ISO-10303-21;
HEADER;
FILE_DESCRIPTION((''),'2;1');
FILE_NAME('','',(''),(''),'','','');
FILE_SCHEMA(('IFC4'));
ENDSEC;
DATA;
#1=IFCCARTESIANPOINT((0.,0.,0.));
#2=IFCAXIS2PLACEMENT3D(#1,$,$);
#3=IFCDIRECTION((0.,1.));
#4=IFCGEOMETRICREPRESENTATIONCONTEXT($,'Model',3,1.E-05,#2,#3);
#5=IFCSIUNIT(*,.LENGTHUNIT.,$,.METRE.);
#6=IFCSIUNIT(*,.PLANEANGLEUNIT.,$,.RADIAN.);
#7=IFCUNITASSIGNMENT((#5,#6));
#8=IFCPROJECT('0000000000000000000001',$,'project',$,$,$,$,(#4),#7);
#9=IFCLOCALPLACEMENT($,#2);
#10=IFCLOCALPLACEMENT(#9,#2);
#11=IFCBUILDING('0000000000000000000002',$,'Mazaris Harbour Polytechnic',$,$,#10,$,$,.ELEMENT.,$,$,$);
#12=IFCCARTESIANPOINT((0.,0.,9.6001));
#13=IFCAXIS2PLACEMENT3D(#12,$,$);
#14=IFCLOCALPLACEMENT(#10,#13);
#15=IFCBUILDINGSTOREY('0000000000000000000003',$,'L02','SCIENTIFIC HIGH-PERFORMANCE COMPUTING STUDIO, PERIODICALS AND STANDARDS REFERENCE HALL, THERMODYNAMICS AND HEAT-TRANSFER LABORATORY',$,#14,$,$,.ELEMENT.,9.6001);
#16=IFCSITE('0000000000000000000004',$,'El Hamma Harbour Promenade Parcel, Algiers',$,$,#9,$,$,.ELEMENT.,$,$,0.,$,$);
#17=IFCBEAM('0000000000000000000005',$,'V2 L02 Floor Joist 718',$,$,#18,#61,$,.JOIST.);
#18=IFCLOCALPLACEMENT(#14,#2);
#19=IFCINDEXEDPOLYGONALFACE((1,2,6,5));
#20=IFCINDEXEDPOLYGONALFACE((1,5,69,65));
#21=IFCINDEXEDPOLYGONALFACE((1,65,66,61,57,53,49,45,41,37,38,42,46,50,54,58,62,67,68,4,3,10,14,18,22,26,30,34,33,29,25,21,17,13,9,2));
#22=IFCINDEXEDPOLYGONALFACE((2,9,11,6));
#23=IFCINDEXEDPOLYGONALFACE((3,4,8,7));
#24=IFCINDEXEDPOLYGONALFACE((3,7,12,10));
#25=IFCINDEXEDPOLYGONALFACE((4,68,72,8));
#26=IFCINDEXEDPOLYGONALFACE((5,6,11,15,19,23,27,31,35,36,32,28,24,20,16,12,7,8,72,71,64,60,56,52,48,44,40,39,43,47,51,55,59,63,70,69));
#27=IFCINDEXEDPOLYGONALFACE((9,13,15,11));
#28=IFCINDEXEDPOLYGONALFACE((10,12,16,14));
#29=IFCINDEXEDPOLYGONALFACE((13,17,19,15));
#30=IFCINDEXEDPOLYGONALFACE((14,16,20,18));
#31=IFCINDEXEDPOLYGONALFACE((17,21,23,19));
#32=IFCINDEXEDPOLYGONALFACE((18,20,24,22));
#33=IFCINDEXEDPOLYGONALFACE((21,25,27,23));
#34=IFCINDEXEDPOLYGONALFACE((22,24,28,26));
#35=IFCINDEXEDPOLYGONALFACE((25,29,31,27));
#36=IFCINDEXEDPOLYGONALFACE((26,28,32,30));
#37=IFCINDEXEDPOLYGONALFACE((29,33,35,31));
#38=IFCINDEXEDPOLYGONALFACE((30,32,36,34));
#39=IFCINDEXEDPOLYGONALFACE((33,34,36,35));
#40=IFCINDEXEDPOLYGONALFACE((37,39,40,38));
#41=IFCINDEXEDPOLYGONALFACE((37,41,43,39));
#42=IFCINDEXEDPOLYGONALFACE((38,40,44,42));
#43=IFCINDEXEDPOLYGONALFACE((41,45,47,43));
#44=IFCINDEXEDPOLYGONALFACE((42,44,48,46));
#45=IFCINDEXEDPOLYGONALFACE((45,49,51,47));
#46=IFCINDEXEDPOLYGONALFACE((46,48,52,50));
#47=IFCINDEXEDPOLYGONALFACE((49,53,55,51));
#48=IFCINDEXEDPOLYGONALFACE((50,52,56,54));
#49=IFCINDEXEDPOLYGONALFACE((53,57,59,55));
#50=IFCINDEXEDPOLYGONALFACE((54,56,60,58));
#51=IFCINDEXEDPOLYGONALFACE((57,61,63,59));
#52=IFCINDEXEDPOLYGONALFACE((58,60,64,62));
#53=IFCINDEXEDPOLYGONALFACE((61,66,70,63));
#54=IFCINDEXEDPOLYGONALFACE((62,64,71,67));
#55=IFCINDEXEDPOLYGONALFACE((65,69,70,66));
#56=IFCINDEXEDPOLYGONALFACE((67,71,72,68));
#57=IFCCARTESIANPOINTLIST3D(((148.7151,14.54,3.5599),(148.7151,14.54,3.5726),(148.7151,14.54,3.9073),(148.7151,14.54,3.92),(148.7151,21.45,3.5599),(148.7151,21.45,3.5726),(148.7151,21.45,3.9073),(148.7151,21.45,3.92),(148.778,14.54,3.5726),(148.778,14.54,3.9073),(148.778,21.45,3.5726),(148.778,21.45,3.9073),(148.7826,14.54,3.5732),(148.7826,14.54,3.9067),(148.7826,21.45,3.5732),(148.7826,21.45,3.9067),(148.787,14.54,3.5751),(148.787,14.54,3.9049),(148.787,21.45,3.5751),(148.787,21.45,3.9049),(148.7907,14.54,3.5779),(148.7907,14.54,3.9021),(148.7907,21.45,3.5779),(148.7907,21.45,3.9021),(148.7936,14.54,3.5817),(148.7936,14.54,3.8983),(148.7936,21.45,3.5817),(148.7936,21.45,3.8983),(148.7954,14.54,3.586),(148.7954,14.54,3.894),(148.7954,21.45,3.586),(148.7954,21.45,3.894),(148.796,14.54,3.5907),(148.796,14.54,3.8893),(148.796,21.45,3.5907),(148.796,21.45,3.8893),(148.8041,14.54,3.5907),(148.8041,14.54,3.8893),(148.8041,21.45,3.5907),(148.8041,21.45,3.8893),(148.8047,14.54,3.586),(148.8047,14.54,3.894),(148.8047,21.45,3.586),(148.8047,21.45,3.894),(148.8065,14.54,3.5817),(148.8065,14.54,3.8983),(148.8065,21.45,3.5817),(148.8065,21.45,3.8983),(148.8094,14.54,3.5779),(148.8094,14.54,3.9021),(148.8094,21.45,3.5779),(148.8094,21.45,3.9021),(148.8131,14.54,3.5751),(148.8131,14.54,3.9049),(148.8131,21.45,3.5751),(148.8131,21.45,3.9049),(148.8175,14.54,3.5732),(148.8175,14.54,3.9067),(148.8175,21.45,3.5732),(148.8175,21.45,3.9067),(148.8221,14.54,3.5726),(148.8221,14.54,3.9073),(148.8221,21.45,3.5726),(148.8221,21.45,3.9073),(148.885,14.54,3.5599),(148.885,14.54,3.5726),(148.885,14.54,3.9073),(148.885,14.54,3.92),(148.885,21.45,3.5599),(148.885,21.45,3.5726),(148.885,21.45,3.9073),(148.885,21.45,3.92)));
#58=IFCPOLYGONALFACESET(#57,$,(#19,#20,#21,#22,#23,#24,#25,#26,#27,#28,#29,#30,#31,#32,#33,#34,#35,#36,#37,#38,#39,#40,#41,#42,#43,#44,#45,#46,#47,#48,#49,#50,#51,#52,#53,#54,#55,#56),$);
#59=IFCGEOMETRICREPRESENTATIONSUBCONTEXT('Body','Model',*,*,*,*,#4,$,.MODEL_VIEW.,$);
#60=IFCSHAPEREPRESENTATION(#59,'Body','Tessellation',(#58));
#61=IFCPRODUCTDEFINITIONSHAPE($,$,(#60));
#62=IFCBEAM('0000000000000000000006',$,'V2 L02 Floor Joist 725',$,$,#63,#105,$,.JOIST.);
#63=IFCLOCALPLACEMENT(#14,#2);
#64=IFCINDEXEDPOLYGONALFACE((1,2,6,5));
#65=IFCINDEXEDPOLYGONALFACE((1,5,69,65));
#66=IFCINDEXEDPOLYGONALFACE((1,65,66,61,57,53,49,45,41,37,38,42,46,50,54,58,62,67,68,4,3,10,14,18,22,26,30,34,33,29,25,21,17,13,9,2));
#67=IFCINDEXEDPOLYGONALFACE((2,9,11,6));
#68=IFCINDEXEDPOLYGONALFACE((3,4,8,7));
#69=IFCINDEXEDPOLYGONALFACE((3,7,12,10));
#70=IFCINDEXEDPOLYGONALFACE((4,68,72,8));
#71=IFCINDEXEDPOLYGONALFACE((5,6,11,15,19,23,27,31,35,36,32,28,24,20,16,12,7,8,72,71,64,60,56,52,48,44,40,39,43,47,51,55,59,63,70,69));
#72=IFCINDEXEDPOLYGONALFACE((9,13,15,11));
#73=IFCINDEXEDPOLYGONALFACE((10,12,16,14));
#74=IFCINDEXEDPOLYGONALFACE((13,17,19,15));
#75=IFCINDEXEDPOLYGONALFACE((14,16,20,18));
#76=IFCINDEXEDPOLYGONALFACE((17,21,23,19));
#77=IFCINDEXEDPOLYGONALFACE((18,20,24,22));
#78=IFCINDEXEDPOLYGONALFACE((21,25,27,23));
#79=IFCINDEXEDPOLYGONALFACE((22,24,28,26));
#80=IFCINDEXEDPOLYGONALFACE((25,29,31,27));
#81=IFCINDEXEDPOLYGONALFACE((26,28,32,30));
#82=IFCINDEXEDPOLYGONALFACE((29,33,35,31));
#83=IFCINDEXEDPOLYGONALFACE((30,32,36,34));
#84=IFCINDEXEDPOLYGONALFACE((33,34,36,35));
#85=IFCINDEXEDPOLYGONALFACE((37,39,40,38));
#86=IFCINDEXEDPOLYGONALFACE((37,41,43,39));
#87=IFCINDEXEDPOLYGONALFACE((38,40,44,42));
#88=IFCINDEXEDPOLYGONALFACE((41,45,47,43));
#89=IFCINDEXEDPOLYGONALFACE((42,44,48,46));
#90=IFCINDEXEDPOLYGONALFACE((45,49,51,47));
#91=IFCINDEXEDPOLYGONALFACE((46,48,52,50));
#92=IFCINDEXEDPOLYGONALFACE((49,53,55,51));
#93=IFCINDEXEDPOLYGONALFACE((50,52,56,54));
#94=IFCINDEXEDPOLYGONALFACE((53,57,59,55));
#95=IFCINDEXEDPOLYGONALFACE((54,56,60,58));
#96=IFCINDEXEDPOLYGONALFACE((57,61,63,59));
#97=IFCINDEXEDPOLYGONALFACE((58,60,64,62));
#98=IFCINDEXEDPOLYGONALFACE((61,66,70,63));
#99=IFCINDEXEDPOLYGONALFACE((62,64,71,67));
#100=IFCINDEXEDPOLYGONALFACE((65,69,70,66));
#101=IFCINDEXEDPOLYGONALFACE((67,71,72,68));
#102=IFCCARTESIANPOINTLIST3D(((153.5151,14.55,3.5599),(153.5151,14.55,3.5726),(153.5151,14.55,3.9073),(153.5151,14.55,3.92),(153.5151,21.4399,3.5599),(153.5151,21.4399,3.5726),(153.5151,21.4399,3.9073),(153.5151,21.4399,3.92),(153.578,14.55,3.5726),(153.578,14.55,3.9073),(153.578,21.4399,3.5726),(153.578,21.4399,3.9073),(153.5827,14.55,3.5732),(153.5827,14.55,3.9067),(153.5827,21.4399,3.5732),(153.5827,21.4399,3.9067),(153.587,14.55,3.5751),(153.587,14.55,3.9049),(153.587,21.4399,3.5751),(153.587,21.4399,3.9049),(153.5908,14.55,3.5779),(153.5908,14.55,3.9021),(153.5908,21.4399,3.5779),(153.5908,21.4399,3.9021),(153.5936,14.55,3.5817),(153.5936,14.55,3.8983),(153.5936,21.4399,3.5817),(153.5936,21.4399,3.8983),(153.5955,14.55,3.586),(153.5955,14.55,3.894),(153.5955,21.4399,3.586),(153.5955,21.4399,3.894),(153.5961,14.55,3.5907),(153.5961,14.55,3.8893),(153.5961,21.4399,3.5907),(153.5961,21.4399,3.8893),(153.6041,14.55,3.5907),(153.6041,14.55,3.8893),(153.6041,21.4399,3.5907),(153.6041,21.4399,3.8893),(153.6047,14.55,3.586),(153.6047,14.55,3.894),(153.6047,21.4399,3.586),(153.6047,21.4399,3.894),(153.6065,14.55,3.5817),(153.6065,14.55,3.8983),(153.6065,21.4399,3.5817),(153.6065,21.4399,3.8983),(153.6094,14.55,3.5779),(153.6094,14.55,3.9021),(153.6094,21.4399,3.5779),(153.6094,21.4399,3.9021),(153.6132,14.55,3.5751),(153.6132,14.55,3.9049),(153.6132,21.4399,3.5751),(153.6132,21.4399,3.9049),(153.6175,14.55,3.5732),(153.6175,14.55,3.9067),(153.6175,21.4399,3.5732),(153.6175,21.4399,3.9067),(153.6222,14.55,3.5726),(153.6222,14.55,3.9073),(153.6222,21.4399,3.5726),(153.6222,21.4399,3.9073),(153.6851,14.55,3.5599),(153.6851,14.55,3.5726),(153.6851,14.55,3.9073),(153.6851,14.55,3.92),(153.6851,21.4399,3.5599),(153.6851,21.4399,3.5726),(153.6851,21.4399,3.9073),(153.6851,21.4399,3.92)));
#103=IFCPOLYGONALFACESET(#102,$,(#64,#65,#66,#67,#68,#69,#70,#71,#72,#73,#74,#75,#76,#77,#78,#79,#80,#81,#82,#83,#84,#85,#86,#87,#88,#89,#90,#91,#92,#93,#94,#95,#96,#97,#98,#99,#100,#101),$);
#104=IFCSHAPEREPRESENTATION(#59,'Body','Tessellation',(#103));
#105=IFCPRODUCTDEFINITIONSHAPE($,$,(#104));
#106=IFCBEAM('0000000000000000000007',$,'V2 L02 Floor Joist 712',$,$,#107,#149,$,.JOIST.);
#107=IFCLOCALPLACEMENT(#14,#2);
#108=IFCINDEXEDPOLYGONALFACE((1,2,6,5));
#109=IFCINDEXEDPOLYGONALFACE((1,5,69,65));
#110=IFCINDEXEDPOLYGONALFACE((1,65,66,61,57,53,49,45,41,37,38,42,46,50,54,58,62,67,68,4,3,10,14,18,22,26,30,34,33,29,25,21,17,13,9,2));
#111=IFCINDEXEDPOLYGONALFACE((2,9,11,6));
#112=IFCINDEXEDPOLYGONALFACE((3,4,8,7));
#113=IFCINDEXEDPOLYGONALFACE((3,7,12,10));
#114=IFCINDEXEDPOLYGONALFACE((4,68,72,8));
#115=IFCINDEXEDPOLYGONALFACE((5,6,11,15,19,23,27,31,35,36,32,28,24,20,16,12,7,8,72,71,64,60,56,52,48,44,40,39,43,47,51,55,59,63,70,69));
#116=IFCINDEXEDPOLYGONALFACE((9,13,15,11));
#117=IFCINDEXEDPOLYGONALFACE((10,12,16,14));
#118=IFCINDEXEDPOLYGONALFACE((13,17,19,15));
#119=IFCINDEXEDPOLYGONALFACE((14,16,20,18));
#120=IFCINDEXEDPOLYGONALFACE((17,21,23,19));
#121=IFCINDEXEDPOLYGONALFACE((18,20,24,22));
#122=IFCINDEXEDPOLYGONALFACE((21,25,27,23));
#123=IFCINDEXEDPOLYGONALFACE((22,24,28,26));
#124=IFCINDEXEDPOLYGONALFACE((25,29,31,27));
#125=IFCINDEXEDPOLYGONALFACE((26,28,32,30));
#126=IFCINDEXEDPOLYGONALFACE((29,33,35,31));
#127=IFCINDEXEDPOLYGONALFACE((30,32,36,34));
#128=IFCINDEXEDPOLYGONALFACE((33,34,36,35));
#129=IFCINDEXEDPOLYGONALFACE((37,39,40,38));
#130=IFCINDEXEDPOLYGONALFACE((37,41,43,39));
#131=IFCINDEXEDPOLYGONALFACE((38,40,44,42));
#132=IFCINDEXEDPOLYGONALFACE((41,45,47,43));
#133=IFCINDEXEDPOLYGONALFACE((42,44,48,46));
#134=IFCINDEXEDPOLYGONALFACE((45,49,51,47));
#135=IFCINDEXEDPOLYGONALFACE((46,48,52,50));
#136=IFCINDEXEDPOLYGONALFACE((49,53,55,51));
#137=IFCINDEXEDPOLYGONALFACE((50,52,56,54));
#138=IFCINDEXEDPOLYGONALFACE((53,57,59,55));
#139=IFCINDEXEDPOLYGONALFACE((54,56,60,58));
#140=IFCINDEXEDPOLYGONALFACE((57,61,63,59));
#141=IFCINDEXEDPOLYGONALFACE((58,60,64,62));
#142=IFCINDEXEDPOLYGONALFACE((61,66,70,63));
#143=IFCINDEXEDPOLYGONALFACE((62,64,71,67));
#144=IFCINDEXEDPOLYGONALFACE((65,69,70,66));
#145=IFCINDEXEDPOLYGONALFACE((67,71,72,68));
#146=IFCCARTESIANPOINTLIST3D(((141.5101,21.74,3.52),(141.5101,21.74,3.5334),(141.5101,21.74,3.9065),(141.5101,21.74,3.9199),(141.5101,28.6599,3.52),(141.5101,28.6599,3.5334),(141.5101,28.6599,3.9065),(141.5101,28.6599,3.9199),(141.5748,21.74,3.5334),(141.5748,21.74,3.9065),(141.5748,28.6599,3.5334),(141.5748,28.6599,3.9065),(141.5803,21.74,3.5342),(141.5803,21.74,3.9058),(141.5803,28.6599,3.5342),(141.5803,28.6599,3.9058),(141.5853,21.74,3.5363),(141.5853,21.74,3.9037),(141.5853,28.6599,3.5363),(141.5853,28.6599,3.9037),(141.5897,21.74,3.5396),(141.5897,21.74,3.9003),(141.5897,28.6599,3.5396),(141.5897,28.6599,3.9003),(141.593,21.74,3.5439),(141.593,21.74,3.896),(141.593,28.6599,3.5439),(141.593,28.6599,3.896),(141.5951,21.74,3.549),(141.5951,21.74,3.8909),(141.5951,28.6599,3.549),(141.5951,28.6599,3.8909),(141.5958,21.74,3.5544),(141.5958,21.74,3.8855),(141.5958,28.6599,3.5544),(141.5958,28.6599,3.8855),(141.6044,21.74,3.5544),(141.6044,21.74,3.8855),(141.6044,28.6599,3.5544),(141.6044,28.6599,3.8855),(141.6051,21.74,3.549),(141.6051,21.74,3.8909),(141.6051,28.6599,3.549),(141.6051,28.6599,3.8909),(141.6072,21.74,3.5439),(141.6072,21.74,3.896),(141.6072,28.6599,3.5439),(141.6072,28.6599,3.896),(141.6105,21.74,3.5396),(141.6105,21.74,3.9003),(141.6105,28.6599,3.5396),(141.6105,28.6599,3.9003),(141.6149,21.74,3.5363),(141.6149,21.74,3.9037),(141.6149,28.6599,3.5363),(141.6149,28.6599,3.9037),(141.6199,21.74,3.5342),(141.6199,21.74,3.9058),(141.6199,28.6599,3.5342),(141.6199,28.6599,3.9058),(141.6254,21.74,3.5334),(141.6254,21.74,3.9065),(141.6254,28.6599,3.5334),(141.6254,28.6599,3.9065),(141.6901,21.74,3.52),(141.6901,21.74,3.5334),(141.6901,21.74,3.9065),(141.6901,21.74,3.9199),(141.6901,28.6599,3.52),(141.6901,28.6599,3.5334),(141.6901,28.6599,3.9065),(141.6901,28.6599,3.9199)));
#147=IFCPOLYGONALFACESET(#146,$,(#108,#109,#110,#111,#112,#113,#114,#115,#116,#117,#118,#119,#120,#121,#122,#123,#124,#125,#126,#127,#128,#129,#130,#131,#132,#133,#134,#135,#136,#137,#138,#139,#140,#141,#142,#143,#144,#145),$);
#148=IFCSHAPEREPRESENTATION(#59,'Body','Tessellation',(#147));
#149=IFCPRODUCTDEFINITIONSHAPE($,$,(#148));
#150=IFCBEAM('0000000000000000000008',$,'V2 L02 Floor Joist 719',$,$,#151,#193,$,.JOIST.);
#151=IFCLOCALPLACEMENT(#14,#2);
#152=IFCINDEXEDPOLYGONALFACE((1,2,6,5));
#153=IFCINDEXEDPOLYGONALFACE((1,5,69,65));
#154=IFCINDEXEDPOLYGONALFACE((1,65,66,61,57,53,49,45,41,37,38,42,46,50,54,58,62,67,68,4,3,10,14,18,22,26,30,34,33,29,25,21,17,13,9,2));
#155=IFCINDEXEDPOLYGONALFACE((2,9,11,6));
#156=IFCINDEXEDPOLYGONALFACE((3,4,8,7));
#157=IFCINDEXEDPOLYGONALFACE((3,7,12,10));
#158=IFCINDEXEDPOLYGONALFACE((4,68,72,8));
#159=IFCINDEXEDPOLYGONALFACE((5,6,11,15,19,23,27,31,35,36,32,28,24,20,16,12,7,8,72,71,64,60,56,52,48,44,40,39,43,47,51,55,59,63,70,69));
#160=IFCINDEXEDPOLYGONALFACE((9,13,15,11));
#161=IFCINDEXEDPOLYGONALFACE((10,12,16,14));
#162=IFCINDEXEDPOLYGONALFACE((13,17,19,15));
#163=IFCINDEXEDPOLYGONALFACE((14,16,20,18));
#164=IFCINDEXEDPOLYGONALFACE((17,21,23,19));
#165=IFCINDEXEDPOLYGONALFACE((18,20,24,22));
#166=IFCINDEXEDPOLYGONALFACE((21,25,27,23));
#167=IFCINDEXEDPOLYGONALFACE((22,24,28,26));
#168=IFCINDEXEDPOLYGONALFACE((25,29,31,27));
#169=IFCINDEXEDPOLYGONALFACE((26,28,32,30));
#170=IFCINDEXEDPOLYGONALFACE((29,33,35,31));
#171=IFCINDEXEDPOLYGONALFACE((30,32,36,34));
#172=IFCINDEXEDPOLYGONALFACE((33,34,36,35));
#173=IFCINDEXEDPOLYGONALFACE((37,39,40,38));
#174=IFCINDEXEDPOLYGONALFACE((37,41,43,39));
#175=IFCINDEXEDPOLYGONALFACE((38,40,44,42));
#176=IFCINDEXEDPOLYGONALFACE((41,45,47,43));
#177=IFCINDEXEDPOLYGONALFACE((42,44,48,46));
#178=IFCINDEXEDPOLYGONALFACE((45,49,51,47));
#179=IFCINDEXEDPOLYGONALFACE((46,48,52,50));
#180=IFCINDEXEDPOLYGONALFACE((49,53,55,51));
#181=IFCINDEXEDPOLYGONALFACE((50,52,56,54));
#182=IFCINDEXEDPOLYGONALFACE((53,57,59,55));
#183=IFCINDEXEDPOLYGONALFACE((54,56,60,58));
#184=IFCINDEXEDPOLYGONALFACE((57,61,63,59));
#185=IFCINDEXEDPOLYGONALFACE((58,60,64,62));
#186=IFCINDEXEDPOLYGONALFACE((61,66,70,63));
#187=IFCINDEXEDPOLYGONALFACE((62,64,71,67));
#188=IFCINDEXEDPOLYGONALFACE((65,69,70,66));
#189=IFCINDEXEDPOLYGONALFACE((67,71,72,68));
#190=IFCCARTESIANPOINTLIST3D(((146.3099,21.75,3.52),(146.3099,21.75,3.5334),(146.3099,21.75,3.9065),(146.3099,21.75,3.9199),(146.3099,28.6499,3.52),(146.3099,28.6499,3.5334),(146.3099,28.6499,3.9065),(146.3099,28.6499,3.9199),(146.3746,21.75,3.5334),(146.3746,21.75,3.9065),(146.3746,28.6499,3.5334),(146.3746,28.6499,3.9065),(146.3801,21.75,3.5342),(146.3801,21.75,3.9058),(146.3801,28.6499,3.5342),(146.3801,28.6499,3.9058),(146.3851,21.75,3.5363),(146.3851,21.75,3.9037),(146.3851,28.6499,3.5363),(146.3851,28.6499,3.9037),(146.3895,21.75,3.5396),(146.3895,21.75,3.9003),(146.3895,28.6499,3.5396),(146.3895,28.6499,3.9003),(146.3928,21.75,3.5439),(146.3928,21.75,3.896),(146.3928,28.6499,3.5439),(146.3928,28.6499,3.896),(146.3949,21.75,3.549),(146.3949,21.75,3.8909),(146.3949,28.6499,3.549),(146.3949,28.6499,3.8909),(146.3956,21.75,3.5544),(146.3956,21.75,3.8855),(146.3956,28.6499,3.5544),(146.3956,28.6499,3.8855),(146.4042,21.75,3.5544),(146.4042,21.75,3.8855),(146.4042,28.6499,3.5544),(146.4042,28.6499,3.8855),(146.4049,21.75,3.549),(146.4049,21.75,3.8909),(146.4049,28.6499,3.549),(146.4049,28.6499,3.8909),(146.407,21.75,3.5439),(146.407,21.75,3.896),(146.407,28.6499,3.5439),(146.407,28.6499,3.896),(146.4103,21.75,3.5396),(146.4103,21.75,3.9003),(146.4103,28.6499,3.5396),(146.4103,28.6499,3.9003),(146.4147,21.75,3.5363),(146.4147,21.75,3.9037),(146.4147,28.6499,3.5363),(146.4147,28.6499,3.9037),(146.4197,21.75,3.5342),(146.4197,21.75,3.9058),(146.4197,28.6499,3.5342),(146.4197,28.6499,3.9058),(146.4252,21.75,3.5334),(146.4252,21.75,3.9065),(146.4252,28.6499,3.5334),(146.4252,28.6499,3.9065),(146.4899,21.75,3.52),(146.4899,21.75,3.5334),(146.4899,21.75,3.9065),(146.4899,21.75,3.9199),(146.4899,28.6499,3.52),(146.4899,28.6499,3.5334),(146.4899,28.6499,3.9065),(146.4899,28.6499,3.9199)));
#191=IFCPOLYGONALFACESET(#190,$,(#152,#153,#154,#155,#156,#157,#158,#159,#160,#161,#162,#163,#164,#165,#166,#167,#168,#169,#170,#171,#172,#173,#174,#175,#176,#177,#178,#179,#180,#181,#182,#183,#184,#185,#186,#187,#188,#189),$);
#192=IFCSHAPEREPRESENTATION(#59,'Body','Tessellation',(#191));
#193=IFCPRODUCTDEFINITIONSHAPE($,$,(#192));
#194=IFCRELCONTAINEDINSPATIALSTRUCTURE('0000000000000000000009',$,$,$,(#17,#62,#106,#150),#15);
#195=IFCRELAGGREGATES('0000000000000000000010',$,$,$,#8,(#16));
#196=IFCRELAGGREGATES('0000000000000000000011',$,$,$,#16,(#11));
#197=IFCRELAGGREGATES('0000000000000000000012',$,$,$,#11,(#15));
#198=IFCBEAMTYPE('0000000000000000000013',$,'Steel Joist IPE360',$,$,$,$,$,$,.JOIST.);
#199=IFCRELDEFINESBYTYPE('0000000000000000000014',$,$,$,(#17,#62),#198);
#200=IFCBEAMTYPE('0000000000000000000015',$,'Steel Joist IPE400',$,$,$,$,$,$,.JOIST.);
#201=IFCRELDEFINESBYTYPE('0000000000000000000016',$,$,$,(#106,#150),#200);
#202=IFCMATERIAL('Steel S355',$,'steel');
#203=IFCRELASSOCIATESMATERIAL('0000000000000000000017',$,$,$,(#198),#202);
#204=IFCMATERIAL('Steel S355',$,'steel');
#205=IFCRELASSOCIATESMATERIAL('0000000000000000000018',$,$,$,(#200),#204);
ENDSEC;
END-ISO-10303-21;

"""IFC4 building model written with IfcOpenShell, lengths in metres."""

from ifc_helpers import new_model, si_unit, direction, frame, origin, origin_2d, place, context, subcontext, project, spatial, i_section, extrude, material, material_profile, profile_set, type_object, element, save


model = new_model("IFC4")

# Units and contexts
model_context = context("Model", 3, precision=1e-05, world=origin(), true_north=direction((0.0, 1.0)))
body_context = subcontext(model_context, "Body", "Model", "MODEL_VIEW")
ifc_project = project(units=[si_unit("LENGTHUNIT", "METRE"), si_unit("PLANEANGLEUNIT", "RADIAN")], contexts=[model_context])

# Site, building, storey
site_placement = place(None, origin())
site = spatial("IfcSite", under=ifc_project, at=site_placement, Name="El Hamma Harbour Promenade Parcel, Algiers", CompositionType="ELEMENT", RefElevation=0.0)
building_placement = place(site_placement, origin())
building = spatial("IfcBuilding", under=site, at=building_placement, Name="Mazaris Harbour Polytechnic", CompositionType="ELEMENT")
storey_placement = place(building_placement, frame((0.0, 0.0, 9.6001)))
storey = spatial("IfcBuildingStorey", under=building, at=storey_placement, Name="L02", Description="SCIENTIFIC HIGH-PERFORMANCE COMPUTING STUDIO, PERIODICALS AND STANDARDS REFERENCE HALL, THERMODYNAMICS AND HEAT-TRANSFER LABORATORY", CompositionType="ELEMENT", Elevation=9.6001)

# Beams
ifc_material_1 = material(Name="Steel S355", Category="steel")
ifc_material_profile_1 = material_profile(ifc_material_1, i_section(OverallWidth=0.1699, OverallDepth=0.3601, WebThickness=0.0081, FlangeThickness=0.0127, FilletRadius=0.0181, at=origin_2d()), Name="IPE 360")
ifc_profile_set_1 = profile_set([ifc_material_profile_1], Name="Steel S355")
beam_type_1 = type_object("IfcBeamType", Name="Steel Joist IPE360", PredefinedType="JOIST", material=ifc_profile_set_1)
beam_1_placement = place(storey_placement, frame((148.8, 14.54, 3.74), z_axis=(0.0, 1.0, 0.0), x_axis=(-1.0, 0.0, 0.0)))
element("IfcBeam", 1, at=beam_1_placement, inside=storey, type_object=beam_type_1, Name="V2 L02 Floor Joist 718", PredefinedType="JOIST", context=body_context, shape_type="SweptSolid", body=[
    extrude(i_section(OverallWidth=0.1699, OverallDepth=0.3601, WebThickness=0.0081, FlangeThickness=0.0127, FilletRadius=0.0181, at=origin_2d()), origin(), (0.0, 0.0, 1.0), 6.9099),
])
beam_2_placement = place(storey_placement, frame((153.6001, 14.55, 3.74), z_axis=(0.0, 1.0, 0.0), x_axis=(-1.0, 0.0, 0.0)))
element("IfcBeam", 2, at=beam_2_placement, inside=storey, type_object=beam_type_1, Name="V2 L02 Floor Joist 725", PredefinedType="JOIST", context=body_context, shape_type="SweptSolid", body=[
    extrude(i_section(OverallWidth=0.1699, OverallDepth=0.3601, WebThickness=0.0081, FlangeThickness=0.0127, FilletRadius=0.0181, at=origin_2d()), origin(), (0.0, 0.0, 1.0), 6.8899),
])
ifc_material_2 = material(Name="Steel S355", Category="steel")
ifc_material_profile_2 = material_profile(ifc_material_2, i_section(OverallWidth=0.1799, OverallDepth=0.3999, WebThickness=0.0085, FlangeThickness=0.0134, FilletRadius=0.021, at=origin_2d()), Name="IPE 400")
ifc_profile_set_2 = profile_set([ifc_material_profile_2], Name="Steel S355")
beam_type_2 = type_object("IfcBeamType", Name="Steel Joist IPE400", PredefinedType="JOIST", material=ifc_profile_set_2)
beam_3_placement = place(storey_placement, frame((141.6001, 21.74, 3.72), z_axis=(0.0, 1.0, 0.0), x_axis=(-1.0, 0.0, 0.0)))
element("IfcBeam", 3, at=beam_3_placement, inside=storey, type_object=beam_type_2, Name="V2 L02 Floor Joist 712", PredefinedType="JOIST", context=body_context, shape_type="SweptSolid", body=[
    extrude(i_section(OverallWidth=0.1799, OverallDepth=0.3999, WebThickness=0.0085, FlangeThickness=0.0134, FilletRadius=0.021, at=origin_2d()), origin(), (0.0, 0.0, 1.0), 6.9199),
])
beam_4_placement = place(storey_placement, frame((146.3999, 21.75, 3.72), z_axis=(0.0, 1.0, 0.0), x_axis=(-1.0, 0.0, 0.0)))
element("IfcBeam", 4, at=beam_4_placement, inside=storey, type_object=beam_type_2, Name="V2 L02 Floor Joist 719", PredefinedType="JOIST", context=body_context, shape_type="SweptSolid", body=[
    extrude(i_section(OverallWidth=0.1799, OverallDepth=0.3999, WebThickness=0.0085, FlangeThickness=0.0134, FilletRadius=0.021, at=origin_2d()), origin(), (0.0, 0.0, 1.0), 6.8999),
])

save(model, "model.ifc")
